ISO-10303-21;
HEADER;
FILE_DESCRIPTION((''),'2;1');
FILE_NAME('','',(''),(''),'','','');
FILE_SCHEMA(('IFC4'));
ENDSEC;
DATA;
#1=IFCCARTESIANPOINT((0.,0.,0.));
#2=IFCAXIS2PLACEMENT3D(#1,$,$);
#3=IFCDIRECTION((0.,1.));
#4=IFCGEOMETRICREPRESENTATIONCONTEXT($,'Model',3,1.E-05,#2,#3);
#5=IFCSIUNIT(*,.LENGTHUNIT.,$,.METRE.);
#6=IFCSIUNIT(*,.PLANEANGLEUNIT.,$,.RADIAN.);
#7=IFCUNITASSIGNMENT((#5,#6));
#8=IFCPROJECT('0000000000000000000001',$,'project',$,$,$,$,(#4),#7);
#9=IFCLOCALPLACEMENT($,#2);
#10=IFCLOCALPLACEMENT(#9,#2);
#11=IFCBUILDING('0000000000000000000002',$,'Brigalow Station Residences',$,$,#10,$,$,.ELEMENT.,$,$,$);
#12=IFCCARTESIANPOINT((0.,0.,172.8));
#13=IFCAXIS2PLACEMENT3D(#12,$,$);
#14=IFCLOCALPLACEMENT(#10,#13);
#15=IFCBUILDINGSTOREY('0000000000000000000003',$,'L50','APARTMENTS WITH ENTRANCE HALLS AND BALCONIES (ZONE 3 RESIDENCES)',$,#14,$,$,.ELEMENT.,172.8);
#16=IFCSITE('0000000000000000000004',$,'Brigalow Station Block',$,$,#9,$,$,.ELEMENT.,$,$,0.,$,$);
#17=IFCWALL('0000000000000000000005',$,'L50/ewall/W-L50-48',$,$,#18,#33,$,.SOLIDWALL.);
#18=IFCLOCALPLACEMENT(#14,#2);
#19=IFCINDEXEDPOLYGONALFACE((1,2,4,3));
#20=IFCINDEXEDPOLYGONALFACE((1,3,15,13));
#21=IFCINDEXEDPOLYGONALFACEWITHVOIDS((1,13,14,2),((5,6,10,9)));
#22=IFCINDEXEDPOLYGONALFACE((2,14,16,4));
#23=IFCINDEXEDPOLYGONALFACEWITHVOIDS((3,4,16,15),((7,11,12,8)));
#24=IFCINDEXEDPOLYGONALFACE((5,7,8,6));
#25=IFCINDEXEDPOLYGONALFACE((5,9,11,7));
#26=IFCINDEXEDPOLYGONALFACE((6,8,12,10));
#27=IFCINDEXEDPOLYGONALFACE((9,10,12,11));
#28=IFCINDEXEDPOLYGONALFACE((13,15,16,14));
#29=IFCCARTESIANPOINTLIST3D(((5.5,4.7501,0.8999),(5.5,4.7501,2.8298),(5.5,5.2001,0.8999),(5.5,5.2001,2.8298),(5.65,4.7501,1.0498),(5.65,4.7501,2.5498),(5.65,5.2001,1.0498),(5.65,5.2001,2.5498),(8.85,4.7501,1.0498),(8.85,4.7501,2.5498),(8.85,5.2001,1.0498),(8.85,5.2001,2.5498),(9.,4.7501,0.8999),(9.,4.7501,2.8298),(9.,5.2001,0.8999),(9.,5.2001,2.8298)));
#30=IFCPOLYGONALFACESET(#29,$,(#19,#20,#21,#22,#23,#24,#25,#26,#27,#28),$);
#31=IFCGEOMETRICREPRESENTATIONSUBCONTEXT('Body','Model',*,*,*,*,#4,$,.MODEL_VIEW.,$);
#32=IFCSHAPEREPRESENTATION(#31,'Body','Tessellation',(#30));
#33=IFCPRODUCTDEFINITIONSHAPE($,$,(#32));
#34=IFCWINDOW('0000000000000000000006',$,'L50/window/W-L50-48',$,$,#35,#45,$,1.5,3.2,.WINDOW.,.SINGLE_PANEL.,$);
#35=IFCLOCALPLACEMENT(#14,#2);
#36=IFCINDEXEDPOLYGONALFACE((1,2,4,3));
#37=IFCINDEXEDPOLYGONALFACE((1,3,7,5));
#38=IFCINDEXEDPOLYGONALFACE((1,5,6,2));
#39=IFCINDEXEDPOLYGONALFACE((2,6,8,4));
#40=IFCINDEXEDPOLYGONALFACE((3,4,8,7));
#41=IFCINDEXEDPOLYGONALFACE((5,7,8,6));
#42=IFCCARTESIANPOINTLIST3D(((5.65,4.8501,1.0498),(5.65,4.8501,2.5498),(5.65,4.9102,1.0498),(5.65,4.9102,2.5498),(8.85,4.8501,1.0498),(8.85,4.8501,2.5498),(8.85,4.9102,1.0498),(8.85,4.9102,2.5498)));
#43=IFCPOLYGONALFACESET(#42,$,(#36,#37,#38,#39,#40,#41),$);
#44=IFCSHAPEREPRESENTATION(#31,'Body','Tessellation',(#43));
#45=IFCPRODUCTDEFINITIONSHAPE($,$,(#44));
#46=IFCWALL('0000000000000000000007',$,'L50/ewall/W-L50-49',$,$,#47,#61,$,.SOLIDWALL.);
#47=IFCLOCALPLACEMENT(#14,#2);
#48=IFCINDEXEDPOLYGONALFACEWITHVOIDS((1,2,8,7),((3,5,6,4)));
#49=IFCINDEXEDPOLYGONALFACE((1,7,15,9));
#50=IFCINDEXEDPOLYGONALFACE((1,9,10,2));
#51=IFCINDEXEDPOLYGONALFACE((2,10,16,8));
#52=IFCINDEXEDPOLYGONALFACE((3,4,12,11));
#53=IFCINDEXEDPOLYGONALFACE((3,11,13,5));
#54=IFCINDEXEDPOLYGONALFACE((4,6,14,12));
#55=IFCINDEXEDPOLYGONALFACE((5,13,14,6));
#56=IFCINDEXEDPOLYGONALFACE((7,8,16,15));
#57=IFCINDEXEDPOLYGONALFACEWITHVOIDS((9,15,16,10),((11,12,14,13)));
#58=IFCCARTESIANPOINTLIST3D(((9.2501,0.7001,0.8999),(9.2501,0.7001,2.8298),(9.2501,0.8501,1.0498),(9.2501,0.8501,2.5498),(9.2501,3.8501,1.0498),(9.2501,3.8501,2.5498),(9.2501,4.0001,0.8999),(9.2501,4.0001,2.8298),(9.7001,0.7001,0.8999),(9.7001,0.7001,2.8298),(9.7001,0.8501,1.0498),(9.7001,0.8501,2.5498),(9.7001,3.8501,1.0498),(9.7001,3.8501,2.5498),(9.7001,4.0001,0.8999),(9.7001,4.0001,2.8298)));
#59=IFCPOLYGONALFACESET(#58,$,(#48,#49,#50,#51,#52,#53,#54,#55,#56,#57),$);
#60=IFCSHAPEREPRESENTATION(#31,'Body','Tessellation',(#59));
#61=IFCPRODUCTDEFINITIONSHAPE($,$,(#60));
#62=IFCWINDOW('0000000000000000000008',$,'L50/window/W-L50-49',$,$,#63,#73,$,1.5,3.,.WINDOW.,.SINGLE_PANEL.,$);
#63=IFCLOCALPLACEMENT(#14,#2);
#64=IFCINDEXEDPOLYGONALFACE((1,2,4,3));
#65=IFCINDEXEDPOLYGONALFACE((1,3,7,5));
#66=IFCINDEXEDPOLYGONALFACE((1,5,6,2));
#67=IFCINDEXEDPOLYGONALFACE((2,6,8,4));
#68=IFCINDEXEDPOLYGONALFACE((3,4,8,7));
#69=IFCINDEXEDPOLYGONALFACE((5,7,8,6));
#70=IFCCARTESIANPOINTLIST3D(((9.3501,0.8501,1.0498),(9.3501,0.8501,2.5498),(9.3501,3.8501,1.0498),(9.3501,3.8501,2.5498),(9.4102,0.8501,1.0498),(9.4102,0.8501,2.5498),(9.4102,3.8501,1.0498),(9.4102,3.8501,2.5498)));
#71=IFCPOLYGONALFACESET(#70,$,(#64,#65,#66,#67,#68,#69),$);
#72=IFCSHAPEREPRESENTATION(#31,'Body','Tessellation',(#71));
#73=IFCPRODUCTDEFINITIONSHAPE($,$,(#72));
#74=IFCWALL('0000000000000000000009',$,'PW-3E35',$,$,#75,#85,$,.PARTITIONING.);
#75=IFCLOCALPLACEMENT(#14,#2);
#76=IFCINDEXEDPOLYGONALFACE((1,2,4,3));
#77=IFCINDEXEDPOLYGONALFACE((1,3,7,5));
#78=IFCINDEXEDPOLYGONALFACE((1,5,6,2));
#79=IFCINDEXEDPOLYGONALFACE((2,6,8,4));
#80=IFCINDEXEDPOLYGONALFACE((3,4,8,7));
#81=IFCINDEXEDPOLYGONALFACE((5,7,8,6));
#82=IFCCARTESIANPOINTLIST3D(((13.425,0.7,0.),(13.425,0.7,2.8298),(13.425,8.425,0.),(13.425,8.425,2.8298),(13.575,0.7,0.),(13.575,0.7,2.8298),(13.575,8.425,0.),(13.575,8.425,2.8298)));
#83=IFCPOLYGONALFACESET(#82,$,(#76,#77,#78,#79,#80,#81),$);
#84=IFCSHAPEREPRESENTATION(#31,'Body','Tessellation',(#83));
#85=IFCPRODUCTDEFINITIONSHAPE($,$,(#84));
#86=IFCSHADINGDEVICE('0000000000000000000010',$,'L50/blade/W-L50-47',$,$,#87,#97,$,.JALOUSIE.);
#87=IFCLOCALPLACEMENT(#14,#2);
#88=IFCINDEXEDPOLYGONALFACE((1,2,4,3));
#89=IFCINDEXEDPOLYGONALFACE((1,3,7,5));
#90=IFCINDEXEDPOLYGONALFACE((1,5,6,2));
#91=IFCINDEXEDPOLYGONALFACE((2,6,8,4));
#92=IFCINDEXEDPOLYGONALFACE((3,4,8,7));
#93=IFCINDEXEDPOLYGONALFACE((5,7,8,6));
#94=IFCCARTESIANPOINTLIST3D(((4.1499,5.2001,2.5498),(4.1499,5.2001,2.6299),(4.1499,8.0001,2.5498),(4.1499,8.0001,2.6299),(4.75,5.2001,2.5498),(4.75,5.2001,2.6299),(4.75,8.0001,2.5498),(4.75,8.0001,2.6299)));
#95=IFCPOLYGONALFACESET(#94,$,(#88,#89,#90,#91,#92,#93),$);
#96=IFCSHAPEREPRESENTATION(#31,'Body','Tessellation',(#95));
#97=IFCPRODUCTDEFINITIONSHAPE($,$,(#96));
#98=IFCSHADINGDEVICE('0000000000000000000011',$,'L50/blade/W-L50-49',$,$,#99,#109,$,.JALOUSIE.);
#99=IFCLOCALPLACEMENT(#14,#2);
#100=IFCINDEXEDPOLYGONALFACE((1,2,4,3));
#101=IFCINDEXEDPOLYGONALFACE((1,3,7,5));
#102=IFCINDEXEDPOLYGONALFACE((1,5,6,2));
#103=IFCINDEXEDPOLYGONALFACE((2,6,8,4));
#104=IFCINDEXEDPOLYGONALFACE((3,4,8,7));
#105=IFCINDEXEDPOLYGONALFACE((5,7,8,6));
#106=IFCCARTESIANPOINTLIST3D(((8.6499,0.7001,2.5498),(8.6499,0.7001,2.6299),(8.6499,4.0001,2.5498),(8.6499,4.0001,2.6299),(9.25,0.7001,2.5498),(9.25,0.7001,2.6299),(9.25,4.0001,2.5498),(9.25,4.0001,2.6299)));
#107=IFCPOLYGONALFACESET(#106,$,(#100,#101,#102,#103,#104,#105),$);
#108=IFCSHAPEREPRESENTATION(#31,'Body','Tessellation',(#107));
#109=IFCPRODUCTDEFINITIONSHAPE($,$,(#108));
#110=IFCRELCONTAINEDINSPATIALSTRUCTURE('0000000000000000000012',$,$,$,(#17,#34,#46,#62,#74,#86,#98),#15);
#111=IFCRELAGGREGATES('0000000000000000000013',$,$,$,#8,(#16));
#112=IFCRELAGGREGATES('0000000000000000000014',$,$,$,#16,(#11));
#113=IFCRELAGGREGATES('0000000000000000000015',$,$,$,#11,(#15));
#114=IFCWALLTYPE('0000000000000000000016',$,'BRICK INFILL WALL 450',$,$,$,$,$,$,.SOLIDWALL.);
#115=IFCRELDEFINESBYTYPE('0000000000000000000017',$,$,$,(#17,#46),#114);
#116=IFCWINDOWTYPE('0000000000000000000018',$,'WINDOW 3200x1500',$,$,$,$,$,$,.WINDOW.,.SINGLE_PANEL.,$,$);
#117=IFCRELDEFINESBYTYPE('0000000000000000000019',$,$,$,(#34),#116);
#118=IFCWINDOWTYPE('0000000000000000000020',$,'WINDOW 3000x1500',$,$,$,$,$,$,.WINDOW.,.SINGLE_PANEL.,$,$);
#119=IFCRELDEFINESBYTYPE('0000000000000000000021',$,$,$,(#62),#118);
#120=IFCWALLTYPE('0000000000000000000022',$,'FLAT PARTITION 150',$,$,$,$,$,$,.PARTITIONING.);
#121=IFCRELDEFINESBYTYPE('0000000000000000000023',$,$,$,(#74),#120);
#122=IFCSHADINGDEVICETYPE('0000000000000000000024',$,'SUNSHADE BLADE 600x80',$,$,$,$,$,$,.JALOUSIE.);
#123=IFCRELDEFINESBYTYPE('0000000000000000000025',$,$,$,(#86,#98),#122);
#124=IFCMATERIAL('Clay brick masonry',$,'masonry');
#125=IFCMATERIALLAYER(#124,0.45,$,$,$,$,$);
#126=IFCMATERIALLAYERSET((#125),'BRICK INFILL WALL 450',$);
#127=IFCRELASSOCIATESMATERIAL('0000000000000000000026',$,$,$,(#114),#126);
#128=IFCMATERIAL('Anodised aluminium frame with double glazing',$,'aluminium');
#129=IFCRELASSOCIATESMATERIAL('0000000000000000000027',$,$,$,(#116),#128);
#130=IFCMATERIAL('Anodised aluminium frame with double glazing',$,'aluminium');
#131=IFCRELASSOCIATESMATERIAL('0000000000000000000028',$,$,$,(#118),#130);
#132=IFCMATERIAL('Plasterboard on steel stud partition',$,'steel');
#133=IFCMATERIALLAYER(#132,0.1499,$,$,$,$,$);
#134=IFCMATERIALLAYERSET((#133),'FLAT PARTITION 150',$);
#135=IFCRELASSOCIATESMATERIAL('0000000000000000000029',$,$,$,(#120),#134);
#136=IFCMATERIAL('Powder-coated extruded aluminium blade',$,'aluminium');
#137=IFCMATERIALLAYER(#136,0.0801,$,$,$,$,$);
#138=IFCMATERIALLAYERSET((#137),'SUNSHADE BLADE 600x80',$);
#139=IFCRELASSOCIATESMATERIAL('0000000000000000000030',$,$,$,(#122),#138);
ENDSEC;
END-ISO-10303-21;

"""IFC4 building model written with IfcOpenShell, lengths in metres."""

from ifc_helpers import new_model, si_unit, direction, frame, frame_2d, origin, origin_2d, place, context, subcontext, project, spatial, rectangle, extrude, material, layer, layer_set, type_object, element, fill, save


model = new_model("IFC4")

# Units and contexts
model_context = context("Model", 3, precision=1e-05, world=origin(), true_north=direction((0.0, 1.0)))
body_context = subcontext(model_context, "Body", "Model", "MODEL_VIEW")
ifc_project = project(units=[si_unit("LENGTHUNIT", "METRE"), si_unit("PLANEANGLEUNIT", "RADIAN")], contexts=[model_context])

# Site, building, storey
site_placement = place(None, origin())
site = spatial("IfcSite", under=ifc_project, at=site_placement, Name="Brigalow Station Block", CompositionType="ELEMENT", RefElevation=0.0)
building_placement = place(site_placement, origin())
building = spatial("IfcBuilding", under=site, at=building_placement, Name="Brigalow Station Residences", CompositionType="ELEMENT")
storey_placement = place(building_placement, frame((0.0, 0.0, 172.8)))
storey = spatial("IfcBuildingStorey", under=building, at=storey_placement, Name="L50", Description="APARTMENTS WITH ENTRANCE HALLS AND BALCONIES (ZONE 3 RESIDENCES)", CompositionType="ELEMENT", Elevation=172.8)

# Walls, openings, windows
ifc_material_1 = material(Name="Clay brick masonry", Category="masonry")
ifc_layer_1 = layer(ifc_material_1, 0.45)
ifc_layer_set_1 = layer_set([ifc_layer_1], Name="BRICK INFILL WALL 450")
wall_type_1 = type_object("IfcWallType", Name="BRICK INFILL WALL 450", PredefinedType="SOLIDWALL", material=ifc_layer_set_1)
wall_1_placement = place(storey_placement, frame((5.5, 4.9751, 0.8999), z_axis=(0.0, 0.0, 1.0), x_axis=(1.0, 0.0, 0.0)))
wall_1 = element("IfcWall", 1, at=wall_1_placement, inside=storey, type_object=wall_type_1, Name="L50/ewall/W-L50-48", PredefinedType="SOLIDWALL", context=body_context, shape_type="SweptSolid", body=[
    extrude(rectangle(XDim=3.5, YDim=0.45, at=frame_2d((1.75, 0.0))), origin(), (0.0, 0.0, 1.0), 1.9299),
])
opening_1_placement = place(wall_1_placement, frame((0.1499, 0.0, 0.1499)))
opening_1 = element("IfcOpeningElement", 2, at=opening_1_placement, cuts=wall_1, PredefinedType="OPENING", context=body_context, shape_type="SweptSolid", body=[
    extrude(rectangle(XDim=3.2, YDim=1.5, at=frame_2d((1.6001, 0.75))), frame((0.0, 0.2349, 0.0), z_axis=(0.0, -1.0, 0.0), x_axis=(1.0, 0.0, 0.0)), (0.0, 0.0, 1.0), 0.47),
])
ifc_material_2 = material(Name="Anodised aluminium frame with double glazing", Category="aluminium")
window_type_1 = type_object("IfcWindowType", Name="WINDOW 3200x1500", PartitioningType="SINGLE_PANEL", PredefinedType="WINDOW", material=ifc_material_2)
window_1_placement = place(opening_1_placement, origin())
window_1 = element("IfcWindow", 3, at=window_1_placement, inside=storey, type_object=window_type_1, Name="L50/window/W-L50-48", OverallHeight=1.5, OverallWidth=3.2, PartitioningType="SINGLE_PANEL", PredefinedType="WINDOW", context=body_context, shape_type="SweptSolid", body=[
    extrude(rectangle(XDim=3.2, YDim=1.5, at=frame_2d((1.6001, 0.75))), frame((0.0, -0.0649, 0.0), z_axis=(0.0, -1.0, 0.0), x_axis=(1.0, 0.0, 0.0)), (0.0, 0.0, 1.0), 0.0601),
])
fill(opening_1, window_1)
wall_2_placement = place(storey_placement, frame((9.4751, 4.0, 0.8999), z_axis=(0.0, 0.0, 1.0), x_axis=(0.0, -1.0, 0.0)))
wall_2 = element("IfcWall", 4, at=wall_2_placement, inside=storey, type_object=wall_type_1, Name="L50/ewall/W-L50-49", PredefinedType="SOLIDWALL", context=body_context, shape_type="SweptSolid", body=[
    extrude(rectangle(XDim=3.3, YDim=0.45, at=frame_2d((1.6499, 0.0))), origin(), (0.0, 0.0, 1.0), 1.9299),
])
opening_2_placement = place(wall_2_placement, frame((0.1499, 0.0, 0.1499)))
opening_2 = element("IfcOpeningElement", 5, at=opening_2_placement, cuts=wall_2, PredefinedType="OPENING", context=body_context, shape_type="SweptSolid", body=[
    extrude(rectangle(XDim=3.0, YDim=1.5, at=frame_2d((1.5, 0.75))), frame((0.0, 0.2349, 0.0), z_axis=(0.0, -1.0, 0.0), x_axis=(1.0, 0.0, 0.0)), (0.0, 0.0, 1.0), 0.47),
])
ifc_material_3 = material(Name="Anodised aluminium frame with double glazing", Category="aluminium")
window_type_2 = type_object("IfcWindowType", Name="WINDOW 3000x1500", PartitioningType="SINGLE_PANEL", PredefinedType="WINDOW", material=ifc_material_3)
window_2_placement = place(opening_2_placement, origin())
window_2 = element("IfcWindow", 6, at=window_2_placement, inside=storey, type_object=window_type_2, Name="L50/window/W-L50-49", OverallHeight=1.5, OverallWidth=3.0, PartitioningType="SINGLE_PANEL", PredefinedType="WINDOW", context=body_context, shape_type="SweptSolid", body=[
    extrude(rectangle(XDim=3.0, YDim=1.5, at=frame_2d((1.5, 0.75))), frame((0.0, -0.0649, 0.0), z_axis=(0.0, -1.0, 0.0), x_axis=(1.0, 0.0, 0.0)), (0.0, 0.0, 1.0), 0.0601),
])
fill(opening_2, window_2)

# Wall
ifc_material_4 = material(Name="Plasterboard on steel stud partition", Category="steel")
ifc_layer_2 = layer(ifc_material_4, 0.1499)
ifc_layer_set_2 = layer_set([ifc_layer_2], Name="FLAT PARTITION 150")
wall_type_2 = type_object("IfcWallType", Name="FLAT PARTITION 150", PredefinedType="PARTITIONING", material=ifc_layer_set_2)
wall_3_placement = place(storey_placement, frame((13.5, 0.7, 0.0), z_axis=(0.0, 0.0, 1.0), x_axis=(0.0, 1.0, 0.0)))
element("IfcWall", 7, at=wall_3_placement, inside=storey, type_object=wall_type_2, Name="PW-3E35", PredefinedType="PARTITIONING", context=body_context, shape_type="SweptSolid", body=[
    extrude(rectangle(XDim=7.7251, YDim=0.1499, at=frame_2d((3.8625, 0.0))), origin(), (0.0, 0.0, 1.0), 2.8298),
])

# Shading devices
ifc_material_5 = material(Name="Powder-coated extruded aluminium blade", Category="aluminium")
ifc_layer_3 = layer(ifc_material_5, 0.0801)
ifc_layer_set_3 = layer_set([ifc_layer_3], Name="SUNSHADE BLADE 600x80")
shading_device_type = type_object("IfcShadingDeviceType", Name="SUNSHADE BLADE 600x80", PredefinedType="JALOUSIE", material=ifc_layer_set_3)
shading_device_1_placement = place(storey_placement, frame((4.45, 6.6001, 2.5498), z_axis=(0.0, 0.0, 1.0), x_axis=(0.0, -1.0, 0.0)))
element("IfcShadingDevice", 8, at=shading_device_1_placement, inside=storey, type_object=shading_device_type, Name="L50/blade/W-L50-47", PredefinedType="JALOUSIE", context=body_context, shape_type="SweptSolid", body=[
    extrude(rectangle(XDim=2.8, YDim=0.6001, at=origin_2d()), origin(), (0.0, 0.0, 1.0), 0.0801),
])
shading_device_2_placement = place(storey_placement, frame((8.95, 2.3501, 2.5498), z_axis=(0.0, 0.0, 1.0), x_axis=(0.0, -1.0, 0.0)))
element("IfcShadingDevice", 9, at=shading_device_2_placement, inside=storey, type_object=shading_device_type, Name="L50/blade/W-L50-49", PredefinedType="JALOUSIE", context=body_context, shape_type="SweptSolid", body=[
    extrude(rectangle(XDim=3.3, YDim=0.6001, at=origin_2d()), origin(), (0.0, 0.0, 1.0), 0.0801),
])

save(model, "model.ifc")
